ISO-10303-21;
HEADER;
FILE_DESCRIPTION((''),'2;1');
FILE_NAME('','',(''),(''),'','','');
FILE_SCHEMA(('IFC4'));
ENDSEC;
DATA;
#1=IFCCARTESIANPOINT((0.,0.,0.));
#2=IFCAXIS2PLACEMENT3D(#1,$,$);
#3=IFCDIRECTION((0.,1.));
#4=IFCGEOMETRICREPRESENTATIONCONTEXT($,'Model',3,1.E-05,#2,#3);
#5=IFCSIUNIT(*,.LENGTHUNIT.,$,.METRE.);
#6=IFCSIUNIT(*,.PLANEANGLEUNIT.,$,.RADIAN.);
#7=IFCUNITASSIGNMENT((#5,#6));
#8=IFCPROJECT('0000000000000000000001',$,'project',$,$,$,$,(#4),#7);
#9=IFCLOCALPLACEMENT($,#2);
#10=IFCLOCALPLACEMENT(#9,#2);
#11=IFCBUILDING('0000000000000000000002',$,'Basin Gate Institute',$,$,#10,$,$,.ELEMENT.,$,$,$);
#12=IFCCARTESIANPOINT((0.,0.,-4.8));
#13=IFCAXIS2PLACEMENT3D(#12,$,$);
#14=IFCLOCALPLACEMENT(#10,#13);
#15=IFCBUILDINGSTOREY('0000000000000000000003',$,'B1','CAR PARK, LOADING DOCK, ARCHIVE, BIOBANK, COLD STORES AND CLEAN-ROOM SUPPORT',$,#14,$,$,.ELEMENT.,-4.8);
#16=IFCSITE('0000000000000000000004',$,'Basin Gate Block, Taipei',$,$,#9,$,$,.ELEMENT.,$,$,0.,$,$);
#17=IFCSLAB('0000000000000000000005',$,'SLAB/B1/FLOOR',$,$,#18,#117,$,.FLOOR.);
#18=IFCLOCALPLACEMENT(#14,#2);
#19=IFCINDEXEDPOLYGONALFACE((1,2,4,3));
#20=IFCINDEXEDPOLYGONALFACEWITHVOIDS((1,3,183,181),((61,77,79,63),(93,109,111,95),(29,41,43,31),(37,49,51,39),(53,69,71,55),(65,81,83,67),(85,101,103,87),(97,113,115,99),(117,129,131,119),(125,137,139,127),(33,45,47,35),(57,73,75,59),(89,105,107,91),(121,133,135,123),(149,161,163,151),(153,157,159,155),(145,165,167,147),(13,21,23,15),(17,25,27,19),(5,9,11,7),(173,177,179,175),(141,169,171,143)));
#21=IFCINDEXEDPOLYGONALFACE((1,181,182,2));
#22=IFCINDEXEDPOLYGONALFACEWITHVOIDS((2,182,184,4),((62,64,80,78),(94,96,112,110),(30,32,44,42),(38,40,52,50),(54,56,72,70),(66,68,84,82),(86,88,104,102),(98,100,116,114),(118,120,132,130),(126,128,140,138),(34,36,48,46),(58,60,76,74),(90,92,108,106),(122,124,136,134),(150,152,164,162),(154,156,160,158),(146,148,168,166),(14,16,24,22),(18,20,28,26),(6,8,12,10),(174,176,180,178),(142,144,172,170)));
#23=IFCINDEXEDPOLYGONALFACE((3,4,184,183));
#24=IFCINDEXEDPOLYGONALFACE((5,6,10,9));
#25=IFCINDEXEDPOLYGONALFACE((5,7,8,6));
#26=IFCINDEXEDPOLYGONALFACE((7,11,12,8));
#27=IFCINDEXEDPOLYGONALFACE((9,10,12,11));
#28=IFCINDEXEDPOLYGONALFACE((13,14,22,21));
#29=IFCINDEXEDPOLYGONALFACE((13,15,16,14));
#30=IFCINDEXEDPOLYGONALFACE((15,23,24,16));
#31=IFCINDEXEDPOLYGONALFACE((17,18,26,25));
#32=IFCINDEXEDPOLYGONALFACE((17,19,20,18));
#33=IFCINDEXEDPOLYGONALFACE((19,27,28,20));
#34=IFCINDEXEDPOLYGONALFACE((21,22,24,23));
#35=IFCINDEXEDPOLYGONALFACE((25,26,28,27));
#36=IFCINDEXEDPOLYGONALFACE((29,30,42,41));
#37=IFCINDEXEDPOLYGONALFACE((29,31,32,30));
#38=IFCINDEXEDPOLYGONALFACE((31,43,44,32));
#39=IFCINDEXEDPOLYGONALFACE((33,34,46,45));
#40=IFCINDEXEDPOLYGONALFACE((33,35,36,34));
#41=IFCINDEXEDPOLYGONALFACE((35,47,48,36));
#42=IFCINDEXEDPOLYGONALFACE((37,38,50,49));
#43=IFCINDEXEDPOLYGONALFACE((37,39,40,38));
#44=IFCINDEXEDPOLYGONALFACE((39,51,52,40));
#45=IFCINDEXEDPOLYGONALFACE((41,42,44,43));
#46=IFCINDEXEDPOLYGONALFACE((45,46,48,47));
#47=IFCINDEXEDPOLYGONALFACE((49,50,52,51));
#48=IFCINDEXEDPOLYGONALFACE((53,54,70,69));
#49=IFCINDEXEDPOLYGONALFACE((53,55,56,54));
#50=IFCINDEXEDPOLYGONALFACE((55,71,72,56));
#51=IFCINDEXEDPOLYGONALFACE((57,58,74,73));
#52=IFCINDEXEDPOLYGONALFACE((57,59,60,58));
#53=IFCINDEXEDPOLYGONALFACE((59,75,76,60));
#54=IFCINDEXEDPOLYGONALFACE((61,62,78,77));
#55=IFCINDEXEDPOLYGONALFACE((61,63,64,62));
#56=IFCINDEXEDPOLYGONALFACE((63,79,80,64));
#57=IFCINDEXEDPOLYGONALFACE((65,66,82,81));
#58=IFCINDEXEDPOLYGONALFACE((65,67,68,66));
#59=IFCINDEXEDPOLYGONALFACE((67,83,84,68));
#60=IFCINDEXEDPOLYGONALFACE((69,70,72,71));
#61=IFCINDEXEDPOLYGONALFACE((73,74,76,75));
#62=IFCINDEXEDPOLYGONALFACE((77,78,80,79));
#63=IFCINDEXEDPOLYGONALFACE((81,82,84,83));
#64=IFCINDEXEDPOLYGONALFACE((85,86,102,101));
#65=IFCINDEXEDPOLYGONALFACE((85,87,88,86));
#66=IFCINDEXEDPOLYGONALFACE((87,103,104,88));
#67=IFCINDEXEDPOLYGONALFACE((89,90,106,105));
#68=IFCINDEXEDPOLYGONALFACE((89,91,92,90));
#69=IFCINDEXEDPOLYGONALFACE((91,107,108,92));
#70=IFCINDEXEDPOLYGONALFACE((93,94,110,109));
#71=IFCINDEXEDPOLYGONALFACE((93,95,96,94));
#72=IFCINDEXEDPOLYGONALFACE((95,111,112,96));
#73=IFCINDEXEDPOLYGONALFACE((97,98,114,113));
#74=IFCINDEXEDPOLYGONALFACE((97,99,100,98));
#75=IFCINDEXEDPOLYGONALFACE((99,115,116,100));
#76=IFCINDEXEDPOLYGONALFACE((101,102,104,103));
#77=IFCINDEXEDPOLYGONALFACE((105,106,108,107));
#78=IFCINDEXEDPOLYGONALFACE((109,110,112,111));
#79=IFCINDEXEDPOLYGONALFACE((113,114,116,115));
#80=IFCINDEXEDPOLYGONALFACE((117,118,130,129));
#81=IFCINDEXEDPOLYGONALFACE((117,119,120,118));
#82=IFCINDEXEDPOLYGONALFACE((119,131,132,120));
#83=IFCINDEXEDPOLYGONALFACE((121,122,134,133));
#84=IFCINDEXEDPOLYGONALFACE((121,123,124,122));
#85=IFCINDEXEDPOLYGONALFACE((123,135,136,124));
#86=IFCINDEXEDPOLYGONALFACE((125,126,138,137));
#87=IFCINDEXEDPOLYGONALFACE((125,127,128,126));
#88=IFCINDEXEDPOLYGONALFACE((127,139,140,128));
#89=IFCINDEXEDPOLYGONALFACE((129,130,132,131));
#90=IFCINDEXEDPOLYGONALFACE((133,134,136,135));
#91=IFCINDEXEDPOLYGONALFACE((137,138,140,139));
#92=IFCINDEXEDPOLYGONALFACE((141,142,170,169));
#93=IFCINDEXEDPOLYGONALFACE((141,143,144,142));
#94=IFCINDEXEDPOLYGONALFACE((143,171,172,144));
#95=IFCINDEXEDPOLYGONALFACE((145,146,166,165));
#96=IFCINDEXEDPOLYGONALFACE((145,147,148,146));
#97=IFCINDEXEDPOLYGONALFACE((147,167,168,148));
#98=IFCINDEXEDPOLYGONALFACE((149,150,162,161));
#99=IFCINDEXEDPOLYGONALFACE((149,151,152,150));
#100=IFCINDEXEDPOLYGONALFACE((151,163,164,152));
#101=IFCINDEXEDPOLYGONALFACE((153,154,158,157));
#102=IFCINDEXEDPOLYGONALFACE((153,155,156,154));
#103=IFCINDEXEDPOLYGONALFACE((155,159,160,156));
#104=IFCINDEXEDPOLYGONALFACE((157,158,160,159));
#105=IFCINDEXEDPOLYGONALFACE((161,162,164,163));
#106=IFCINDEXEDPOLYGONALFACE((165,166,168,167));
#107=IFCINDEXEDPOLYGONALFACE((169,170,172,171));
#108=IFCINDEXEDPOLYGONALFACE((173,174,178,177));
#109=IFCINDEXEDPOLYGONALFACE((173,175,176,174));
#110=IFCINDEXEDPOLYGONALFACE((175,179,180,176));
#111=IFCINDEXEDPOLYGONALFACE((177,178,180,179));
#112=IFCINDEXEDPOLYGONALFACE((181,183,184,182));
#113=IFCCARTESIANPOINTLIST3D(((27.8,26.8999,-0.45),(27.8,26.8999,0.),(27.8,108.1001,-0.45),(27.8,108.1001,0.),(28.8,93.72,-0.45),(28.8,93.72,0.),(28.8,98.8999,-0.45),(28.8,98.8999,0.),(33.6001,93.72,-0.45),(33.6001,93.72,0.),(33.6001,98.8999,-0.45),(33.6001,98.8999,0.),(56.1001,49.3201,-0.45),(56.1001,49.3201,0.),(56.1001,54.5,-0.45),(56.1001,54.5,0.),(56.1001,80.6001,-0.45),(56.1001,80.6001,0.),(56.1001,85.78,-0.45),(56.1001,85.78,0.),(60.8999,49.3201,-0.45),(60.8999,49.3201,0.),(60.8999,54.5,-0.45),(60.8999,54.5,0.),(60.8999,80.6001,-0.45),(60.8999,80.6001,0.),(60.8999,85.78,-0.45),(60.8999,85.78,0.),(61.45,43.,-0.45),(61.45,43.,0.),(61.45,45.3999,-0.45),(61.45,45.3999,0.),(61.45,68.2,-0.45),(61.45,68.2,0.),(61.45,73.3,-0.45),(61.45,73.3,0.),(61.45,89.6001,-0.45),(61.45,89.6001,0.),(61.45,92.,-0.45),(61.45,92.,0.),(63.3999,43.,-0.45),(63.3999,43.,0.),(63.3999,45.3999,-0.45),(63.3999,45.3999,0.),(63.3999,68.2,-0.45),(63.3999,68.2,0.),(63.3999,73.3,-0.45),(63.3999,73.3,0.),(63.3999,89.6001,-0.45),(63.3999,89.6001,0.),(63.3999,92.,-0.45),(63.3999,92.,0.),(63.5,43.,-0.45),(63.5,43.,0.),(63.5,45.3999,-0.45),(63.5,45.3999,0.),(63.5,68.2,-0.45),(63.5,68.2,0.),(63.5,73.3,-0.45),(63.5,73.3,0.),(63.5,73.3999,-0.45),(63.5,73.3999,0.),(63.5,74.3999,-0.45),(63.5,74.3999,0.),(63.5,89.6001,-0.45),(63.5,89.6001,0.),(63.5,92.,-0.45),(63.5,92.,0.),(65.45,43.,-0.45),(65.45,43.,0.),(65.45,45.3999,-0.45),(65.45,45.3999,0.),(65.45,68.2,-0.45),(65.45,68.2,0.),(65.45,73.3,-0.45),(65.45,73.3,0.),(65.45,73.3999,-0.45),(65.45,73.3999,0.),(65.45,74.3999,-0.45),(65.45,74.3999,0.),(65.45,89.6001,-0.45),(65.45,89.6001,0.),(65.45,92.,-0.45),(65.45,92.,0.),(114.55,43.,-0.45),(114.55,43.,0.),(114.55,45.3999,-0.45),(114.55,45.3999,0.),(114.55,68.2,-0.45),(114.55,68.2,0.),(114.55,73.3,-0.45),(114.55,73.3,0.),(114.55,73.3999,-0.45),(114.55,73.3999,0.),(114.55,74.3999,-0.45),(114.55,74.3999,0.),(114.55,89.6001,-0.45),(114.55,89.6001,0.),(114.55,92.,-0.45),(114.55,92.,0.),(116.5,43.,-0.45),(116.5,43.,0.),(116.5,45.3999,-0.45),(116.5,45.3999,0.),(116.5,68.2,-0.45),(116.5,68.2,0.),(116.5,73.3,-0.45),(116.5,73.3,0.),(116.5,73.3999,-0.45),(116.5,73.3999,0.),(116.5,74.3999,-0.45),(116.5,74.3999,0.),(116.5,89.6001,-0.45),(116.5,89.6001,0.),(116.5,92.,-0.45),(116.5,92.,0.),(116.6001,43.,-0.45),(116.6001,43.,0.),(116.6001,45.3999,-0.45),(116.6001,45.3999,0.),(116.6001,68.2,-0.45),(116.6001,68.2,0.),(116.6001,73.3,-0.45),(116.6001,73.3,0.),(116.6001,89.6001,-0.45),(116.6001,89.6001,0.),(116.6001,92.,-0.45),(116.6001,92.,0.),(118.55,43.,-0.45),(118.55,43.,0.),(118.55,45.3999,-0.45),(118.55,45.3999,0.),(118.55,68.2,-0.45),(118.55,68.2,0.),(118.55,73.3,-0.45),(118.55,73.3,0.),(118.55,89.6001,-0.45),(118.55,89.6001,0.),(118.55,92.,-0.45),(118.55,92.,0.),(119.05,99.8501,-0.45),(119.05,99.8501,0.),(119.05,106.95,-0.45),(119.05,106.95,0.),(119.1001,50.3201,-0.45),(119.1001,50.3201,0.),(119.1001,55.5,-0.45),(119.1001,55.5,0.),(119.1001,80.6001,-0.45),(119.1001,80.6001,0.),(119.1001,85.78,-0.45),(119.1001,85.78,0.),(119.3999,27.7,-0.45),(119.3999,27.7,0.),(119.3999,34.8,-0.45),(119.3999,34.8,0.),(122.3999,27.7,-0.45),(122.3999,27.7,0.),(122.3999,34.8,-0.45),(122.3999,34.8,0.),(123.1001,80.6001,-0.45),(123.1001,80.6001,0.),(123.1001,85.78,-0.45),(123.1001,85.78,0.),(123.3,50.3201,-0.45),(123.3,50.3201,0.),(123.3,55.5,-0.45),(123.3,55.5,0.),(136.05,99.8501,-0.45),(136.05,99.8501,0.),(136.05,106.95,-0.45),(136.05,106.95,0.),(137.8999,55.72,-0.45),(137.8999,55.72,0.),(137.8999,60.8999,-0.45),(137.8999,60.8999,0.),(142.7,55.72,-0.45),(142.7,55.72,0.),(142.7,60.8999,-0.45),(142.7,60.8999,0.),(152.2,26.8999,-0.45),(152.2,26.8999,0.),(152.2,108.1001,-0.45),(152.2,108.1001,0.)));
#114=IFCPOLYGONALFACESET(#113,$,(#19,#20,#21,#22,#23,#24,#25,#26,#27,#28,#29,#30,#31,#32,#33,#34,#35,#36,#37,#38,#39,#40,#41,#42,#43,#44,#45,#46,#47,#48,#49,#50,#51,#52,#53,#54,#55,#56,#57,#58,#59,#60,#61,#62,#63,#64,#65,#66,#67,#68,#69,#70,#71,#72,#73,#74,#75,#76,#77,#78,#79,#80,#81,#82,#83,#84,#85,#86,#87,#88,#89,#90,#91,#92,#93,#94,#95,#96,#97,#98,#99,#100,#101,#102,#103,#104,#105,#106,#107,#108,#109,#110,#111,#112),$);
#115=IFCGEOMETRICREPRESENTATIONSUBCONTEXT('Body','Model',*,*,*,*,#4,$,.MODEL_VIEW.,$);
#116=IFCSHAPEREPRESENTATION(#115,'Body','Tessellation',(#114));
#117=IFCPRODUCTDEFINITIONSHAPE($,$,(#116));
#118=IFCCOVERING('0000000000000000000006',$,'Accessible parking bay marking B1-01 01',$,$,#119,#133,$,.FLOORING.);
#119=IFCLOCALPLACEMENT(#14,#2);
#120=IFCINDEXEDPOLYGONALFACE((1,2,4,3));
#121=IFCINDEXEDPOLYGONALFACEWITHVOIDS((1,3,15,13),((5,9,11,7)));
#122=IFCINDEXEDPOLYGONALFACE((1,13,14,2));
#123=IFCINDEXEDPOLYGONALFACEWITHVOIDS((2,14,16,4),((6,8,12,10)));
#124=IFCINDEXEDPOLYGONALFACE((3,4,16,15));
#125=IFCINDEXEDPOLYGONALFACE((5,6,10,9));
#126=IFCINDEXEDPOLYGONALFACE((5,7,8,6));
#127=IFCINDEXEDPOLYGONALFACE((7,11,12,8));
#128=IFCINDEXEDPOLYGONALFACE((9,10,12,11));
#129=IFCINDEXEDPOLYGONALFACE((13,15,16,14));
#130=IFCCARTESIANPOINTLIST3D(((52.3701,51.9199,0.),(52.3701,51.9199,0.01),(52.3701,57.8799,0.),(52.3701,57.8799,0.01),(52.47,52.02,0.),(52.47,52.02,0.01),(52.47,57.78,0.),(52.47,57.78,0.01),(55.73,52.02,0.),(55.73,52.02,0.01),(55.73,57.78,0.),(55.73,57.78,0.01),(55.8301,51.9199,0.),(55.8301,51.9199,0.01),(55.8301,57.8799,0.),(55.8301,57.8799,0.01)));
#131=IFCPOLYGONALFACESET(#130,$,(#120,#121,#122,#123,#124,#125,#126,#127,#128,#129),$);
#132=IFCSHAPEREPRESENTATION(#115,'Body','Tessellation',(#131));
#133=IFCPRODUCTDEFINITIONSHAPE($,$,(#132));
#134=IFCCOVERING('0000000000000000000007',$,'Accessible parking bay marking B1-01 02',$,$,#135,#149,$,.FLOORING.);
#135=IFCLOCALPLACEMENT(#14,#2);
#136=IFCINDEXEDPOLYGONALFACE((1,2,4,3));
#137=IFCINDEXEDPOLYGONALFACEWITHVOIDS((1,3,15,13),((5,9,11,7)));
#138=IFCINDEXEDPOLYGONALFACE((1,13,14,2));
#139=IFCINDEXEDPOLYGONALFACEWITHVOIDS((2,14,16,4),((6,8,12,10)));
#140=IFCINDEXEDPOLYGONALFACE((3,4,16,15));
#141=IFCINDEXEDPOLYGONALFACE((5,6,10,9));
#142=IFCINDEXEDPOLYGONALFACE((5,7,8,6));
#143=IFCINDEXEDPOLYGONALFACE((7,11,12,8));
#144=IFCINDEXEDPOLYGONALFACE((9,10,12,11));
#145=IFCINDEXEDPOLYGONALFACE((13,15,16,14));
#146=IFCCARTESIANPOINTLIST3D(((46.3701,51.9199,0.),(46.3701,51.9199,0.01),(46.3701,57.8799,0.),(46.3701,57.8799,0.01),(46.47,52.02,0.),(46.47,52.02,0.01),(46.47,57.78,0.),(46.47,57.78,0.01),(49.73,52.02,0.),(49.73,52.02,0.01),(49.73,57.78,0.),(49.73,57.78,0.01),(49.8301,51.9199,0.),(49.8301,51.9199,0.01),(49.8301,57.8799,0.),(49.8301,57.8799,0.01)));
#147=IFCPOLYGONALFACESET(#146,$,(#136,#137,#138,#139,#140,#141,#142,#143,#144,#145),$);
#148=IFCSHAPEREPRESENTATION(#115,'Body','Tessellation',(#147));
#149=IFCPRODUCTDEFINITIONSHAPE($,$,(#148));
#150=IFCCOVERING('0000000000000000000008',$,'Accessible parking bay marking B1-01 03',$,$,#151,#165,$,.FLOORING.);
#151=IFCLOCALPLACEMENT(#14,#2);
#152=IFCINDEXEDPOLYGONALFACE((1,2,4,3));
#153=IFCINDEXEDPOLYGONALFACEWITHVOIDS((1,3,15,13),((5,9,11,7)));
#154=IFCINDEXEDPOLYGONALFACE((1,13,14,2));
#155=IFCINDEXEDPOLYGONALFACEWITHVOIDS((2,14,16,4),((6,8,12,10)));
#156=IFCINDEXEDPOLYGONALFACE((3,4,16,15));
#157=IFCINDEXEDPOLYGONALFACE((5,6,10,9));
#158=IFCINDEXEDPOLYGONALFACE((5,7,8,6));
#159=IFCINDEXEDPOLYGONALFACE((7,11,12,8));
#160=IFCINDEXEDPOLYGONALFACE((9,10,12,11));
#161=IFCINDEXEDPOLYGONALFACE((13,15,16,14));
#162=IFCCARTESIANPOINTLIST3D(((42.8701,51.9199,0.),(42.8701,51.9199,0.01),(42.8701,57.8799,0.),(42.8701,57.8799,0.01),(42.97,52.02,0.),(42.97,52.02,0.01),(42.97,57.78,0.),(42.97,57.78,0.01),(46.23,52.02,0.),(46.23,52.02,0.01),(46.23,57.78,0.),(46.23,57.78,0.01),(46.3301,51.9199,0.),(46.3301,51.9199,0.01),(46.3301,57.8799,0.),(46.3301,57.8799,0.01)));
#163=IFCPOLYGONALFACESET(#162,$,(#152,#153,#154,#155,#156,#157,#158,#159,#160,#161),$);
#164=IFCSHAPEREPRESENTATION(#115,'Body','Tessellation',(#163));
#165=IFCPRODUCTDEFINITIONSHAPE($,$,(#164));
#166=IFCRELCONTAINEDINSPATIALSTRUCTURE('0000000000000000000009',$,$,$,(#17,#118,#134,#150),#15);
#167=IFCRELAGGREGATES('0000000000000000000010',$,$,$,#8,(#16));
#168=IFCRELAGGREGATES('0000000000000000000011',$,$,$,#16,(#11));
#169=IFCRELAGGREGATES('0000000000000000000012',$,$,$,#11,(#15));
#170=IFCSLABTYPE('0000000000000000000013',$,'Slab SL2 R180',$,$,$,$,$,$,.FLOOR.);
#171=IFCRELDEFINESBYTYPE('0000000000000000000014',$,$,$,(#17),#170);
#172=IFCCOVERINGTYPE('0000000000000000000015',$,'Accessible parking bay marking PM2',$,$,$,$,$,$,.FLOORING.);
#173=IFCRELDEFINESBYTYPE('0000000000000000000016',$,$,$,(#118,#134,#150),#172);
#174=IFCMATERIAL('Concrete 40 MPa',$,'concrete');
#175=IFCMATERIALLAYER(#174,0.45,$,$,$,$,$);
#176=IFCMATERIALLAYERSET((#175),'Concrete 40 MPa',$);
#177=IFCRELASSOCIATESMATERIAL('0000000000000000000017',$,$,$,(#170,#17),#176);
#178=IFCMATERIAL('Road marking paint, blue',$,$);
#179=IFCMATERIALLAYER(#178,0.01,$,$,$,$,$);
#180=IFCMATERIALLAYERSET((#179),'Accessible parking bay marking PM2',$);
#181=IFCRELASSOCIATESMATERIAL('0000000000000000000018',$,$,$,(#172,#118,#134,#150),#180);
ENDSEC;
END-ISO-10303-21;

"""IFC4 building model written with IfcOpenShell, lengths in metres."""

from ifc_helpers import new_model, si_unit, direction, frame, origin, place, context, subcontext, project, spatial, polyline, outline, extrude, material, layer, layer_set, type_object, element, save


model = new_model("IFC4")

# Units and contexts
model_context = context("Model", 3, precision=1e-05, world=origin(), true_north=direction((0.0, 1.0)))
body_context = subcontext(model_context, "Body", "Model", "MODEL_VIEW")
ifc_project = project(units=[si_unit("LENGTHUNIT", "METRE"), si_unit("PLANEANGLEUNIT", "RADIAN")], contexts=[model_context])

# Site, building, storey
site_placement = place(None, origin())
site = spatial("IfcSite", under=ifc_project, at=site_placement, Name="Basin Gate Block, Taipei", CompositionType="ELEMENT", RefElevation=0.0)
building_placement = place(site_placement, origin())
building = spatial("IfcBuilding", under=site, at=building_placement, Name="Basin Gate Institute", CompositionType="ELEMENT")
storey_placement = place(building_placement, frame((0.0, 0.0, -4.8)))
storey = spatial("IfcBuildingStorey", under=building, at=storey_placement, Name="B1", Description="CAR PARK, LOADING DOCK, ARCHIVE, BIOBANK, COLD STORES AND CLEAN-ROOM SUPPORT", CompositionType="ELEMENT", Elevation=-4.8)

# Slab
ifc_material_1 = material(Name="Concrete 40 MPa", Category="concrete")
ifc_layer_1 = layer(ifc_material_1, 0.45)
ifc_layer_set_1 = layer_set([ifc_layer_1], Name="Concrete 40 MPa")
slab_type = type_object("IfcSlabType", Name="Slab SL2 R180", PredefinedType="FLOOR", material=ifc_layer_set_1)
slab_placement = place(storey_placement, frame((0.0, 0.0, -0.45)))
element("IfcSlab", 1, at=slab_placement, inside=storey, type_object=slab_type, material=ifc_layer_set_1, Name="SLAB/B1/FLOOR", PredefinedType="FLOOR", context=body_context, shape_type="SweptSolid", body=[
    extrude(outline(polyline([(27.8, 26.8999), (152.2, 26.8999), (152.2, 108.1001), (27.8, 108.1001), (27.8, 26.8999)]), holes=[polyline([(61.45, 43.0), (63.3999, 43.0), (63.3999, 45.3999), (61.45, 45.3999), (61.45, 43.0)]), polyline([(61.45, 68.2), (63.3999, 68.2), (63.3999, 73.3), (61.45, 73.3), (61.45, 68.2)]), polyline([(63.5, 73.3999), (65.45, 73.3999), (65.45, 74.3999), (63.5, 74.3999), (63.5, 73.3999)]), polyline([(61.45, 89.6001), (63.3999, 89.6001), (63.3999, 92.0), (61.45, 92.0), (61.45, 89.6001)]), polyline([(63.5, 43.0), (65.45, 43.0), (65.45, 45.3999), (63.5, 45.3999), (63.5, 43.0)]), polyline([(65.45, 68.2), (63.5, 68.2), (63.5, 73.3), (65.45, 73.3), (65.45, 68.2)]), polyline([(63.5, 89.6001), (65.45, 89.6001), (65.45, 92.0), (63.5, 92.0), (63.5, 89.6001)]), polyline([(56.1001, 49.3201), (60.8999, 49.3201), (60.8999, 54.5), (56.1001, 54.5), (56.1001, 49.3201)]), polyline([(56.1001, 80.6001), (60.8999, 80.6001), (60.8999, 85.78), (56.1001, 85.78), (56.1001, 80.6001)]), polyline([(119.1001, 50.3201), (123.3, 50.3201), (123.3, 55.5), (119.1001, 55.5), (119.1001, 50.3201)]), polyline([(119.1001, 80.6001), (123.1001, 80.6001), (123.1001, 85.78), (119.1001, 85.78), (119.1001, 80.6001)]), polyline([(28.8, 93.72), (33.6001, 93.72), (33.6001, 98.8999), (28.8, 98.8999), (28.8, 93.72)]), polyline([(137.8999, 55.72), (142.7, 55.72), (142.7, 60.8999), (137.8999, 60.8999), (137.8999, 55.72)]), polyline([(119.3999, 27.7), (122.3999, 27.7), (122.3999, 34.8), (119.3999, 34.8), (119.3999, 27.7)]), polyline([(119.05, 99.8501), (136.05, 99.8501), (136.05, 106.95), (119.05, 106.95), (119.05, 99.8501)]), polyline([(118.55, 45.3999), (116.6001, 45.3999), (116.6001, 43.0), (118.55, 43.0), (118.55, 45.3999)]), polyline([(118.55, 73.3), (116.6001, 73.3), (116.6001, 68.2), (118.55, 68.2), (118.55, 73.3)]), polyline([(116.5, 74.3999), (114.55, 74.3999), (114.55, 73.3999), (116.5, 73.3999), (116.5, 74.3999)]), polyline([(118.55, 92.0), (116.6001, 92.0), (116.6001, 89.6001), (118.55, 89.6001), (118.55, 92.0)]), polyline([(116.5, 45.3999), (114.55, 45.3999), (114.55, 43.0), (116.5, 43.0), (116.5, 45.3999)]), polyline([(116.5, 68.2), (114.55, 68.2), (114.55, 73.3), (116.5, 73.3), (116.5, 68.2)]), polyline([(116.5, 92.0), (114.55, 92.0), (114.55, 89.6001), (116.5, 89.6001), (116.5, 92.0)])]), origin(), (0.0, 0.0, 1.0), 0.45),
])

# Coverings
ifc_material_2 = material(Name="Road marking paint, blue")
ifc_layer_2 = layer(ifc_material_2, 0.01)
ifc_layer_set_2 = layer_set([ifc_layer_2], Name="Accessible parking bay marking PM2")
covering_type_1 = type_object("IfcCoveringType", Name="Accessible parking bay marking PM2", PredefinedType="FLOORING", material=ifc_layer_set_2)
covering_1_placement = place(storey_placement, origin())
element("IfcCovering", 2, at=covering_1_placement, inside=storey, type_object=covering_type_1, material=ifc_layer_set_2, Name="Accessible parking bay marking B1-01 01", PredefinedType="FLOORING", context=body_context, shape_type="SweptSolid", body=[
    extrude(outline(polyline([(52.3701, 51.9199), (55.8301, 51.9199), (55.8301, 57.8799), (52.3701, 57.8799), (52.3701, 51.9199)]), holes=[polyline([(52.47, 52.02), (55.73, 52.02), (55.73, 57.78), (52.47, 57.78), (52.47, 52.02)])]), origin(), (0.0, 0.0, 1.0), 0.01),
])
covering_2_placement = place(storey_placement, origin())
element("IfcCovering", 3, at=covering_2_placement, inside=storey, type_object=covering_type_1, material=ifc_layer_set_2, Name="Accessible parking bay marking B1-01 02", PredefinedType="FLOORING", context=body_context, shape_type="SweptSolid", body=[
    extrude(outline(polyline([(46.3701, 51.9199), (49.8301, 51.9199), (49.8301, 57.8799), (46.3701, 57.8799), (46.3701, 51.9199)]), holes=[polyline([(46.47, 52.02), (49.73, 52.02), (49.73, 57.78), (46.47, 57.78), (46.47, 52.02)])]), origin(), (0.0, 0.0, 1.0), 0.01),
])
covering_3_placement = place(storey_placement, origin())
element("IfcCovering", 4, at=covering_3_placement, inside=storey, type_object=covering_type_1, material=ifc_layer_set_2, Name="Accessible parking bay marking B1-01 03", PredefinedType="FLOORING", context=body_context, shape_type="SweptSolid", body=[
    extrude(outline(polyline([(42.8701, 51.9199), (46.3301, 51.9199), (46.3301, 57.8799), (42.8701, 57.8799), (42.8701, 51.9199)]), holes=[polyline([(42.97, 52.02), (46.23, 52.02), (46.23, 57.78), (42.97, 57.78), (42.97, 52.02)])]), origin(), (0.0, 0.0, 1.0), 0.01),
])

save(model, "model.ifc")
